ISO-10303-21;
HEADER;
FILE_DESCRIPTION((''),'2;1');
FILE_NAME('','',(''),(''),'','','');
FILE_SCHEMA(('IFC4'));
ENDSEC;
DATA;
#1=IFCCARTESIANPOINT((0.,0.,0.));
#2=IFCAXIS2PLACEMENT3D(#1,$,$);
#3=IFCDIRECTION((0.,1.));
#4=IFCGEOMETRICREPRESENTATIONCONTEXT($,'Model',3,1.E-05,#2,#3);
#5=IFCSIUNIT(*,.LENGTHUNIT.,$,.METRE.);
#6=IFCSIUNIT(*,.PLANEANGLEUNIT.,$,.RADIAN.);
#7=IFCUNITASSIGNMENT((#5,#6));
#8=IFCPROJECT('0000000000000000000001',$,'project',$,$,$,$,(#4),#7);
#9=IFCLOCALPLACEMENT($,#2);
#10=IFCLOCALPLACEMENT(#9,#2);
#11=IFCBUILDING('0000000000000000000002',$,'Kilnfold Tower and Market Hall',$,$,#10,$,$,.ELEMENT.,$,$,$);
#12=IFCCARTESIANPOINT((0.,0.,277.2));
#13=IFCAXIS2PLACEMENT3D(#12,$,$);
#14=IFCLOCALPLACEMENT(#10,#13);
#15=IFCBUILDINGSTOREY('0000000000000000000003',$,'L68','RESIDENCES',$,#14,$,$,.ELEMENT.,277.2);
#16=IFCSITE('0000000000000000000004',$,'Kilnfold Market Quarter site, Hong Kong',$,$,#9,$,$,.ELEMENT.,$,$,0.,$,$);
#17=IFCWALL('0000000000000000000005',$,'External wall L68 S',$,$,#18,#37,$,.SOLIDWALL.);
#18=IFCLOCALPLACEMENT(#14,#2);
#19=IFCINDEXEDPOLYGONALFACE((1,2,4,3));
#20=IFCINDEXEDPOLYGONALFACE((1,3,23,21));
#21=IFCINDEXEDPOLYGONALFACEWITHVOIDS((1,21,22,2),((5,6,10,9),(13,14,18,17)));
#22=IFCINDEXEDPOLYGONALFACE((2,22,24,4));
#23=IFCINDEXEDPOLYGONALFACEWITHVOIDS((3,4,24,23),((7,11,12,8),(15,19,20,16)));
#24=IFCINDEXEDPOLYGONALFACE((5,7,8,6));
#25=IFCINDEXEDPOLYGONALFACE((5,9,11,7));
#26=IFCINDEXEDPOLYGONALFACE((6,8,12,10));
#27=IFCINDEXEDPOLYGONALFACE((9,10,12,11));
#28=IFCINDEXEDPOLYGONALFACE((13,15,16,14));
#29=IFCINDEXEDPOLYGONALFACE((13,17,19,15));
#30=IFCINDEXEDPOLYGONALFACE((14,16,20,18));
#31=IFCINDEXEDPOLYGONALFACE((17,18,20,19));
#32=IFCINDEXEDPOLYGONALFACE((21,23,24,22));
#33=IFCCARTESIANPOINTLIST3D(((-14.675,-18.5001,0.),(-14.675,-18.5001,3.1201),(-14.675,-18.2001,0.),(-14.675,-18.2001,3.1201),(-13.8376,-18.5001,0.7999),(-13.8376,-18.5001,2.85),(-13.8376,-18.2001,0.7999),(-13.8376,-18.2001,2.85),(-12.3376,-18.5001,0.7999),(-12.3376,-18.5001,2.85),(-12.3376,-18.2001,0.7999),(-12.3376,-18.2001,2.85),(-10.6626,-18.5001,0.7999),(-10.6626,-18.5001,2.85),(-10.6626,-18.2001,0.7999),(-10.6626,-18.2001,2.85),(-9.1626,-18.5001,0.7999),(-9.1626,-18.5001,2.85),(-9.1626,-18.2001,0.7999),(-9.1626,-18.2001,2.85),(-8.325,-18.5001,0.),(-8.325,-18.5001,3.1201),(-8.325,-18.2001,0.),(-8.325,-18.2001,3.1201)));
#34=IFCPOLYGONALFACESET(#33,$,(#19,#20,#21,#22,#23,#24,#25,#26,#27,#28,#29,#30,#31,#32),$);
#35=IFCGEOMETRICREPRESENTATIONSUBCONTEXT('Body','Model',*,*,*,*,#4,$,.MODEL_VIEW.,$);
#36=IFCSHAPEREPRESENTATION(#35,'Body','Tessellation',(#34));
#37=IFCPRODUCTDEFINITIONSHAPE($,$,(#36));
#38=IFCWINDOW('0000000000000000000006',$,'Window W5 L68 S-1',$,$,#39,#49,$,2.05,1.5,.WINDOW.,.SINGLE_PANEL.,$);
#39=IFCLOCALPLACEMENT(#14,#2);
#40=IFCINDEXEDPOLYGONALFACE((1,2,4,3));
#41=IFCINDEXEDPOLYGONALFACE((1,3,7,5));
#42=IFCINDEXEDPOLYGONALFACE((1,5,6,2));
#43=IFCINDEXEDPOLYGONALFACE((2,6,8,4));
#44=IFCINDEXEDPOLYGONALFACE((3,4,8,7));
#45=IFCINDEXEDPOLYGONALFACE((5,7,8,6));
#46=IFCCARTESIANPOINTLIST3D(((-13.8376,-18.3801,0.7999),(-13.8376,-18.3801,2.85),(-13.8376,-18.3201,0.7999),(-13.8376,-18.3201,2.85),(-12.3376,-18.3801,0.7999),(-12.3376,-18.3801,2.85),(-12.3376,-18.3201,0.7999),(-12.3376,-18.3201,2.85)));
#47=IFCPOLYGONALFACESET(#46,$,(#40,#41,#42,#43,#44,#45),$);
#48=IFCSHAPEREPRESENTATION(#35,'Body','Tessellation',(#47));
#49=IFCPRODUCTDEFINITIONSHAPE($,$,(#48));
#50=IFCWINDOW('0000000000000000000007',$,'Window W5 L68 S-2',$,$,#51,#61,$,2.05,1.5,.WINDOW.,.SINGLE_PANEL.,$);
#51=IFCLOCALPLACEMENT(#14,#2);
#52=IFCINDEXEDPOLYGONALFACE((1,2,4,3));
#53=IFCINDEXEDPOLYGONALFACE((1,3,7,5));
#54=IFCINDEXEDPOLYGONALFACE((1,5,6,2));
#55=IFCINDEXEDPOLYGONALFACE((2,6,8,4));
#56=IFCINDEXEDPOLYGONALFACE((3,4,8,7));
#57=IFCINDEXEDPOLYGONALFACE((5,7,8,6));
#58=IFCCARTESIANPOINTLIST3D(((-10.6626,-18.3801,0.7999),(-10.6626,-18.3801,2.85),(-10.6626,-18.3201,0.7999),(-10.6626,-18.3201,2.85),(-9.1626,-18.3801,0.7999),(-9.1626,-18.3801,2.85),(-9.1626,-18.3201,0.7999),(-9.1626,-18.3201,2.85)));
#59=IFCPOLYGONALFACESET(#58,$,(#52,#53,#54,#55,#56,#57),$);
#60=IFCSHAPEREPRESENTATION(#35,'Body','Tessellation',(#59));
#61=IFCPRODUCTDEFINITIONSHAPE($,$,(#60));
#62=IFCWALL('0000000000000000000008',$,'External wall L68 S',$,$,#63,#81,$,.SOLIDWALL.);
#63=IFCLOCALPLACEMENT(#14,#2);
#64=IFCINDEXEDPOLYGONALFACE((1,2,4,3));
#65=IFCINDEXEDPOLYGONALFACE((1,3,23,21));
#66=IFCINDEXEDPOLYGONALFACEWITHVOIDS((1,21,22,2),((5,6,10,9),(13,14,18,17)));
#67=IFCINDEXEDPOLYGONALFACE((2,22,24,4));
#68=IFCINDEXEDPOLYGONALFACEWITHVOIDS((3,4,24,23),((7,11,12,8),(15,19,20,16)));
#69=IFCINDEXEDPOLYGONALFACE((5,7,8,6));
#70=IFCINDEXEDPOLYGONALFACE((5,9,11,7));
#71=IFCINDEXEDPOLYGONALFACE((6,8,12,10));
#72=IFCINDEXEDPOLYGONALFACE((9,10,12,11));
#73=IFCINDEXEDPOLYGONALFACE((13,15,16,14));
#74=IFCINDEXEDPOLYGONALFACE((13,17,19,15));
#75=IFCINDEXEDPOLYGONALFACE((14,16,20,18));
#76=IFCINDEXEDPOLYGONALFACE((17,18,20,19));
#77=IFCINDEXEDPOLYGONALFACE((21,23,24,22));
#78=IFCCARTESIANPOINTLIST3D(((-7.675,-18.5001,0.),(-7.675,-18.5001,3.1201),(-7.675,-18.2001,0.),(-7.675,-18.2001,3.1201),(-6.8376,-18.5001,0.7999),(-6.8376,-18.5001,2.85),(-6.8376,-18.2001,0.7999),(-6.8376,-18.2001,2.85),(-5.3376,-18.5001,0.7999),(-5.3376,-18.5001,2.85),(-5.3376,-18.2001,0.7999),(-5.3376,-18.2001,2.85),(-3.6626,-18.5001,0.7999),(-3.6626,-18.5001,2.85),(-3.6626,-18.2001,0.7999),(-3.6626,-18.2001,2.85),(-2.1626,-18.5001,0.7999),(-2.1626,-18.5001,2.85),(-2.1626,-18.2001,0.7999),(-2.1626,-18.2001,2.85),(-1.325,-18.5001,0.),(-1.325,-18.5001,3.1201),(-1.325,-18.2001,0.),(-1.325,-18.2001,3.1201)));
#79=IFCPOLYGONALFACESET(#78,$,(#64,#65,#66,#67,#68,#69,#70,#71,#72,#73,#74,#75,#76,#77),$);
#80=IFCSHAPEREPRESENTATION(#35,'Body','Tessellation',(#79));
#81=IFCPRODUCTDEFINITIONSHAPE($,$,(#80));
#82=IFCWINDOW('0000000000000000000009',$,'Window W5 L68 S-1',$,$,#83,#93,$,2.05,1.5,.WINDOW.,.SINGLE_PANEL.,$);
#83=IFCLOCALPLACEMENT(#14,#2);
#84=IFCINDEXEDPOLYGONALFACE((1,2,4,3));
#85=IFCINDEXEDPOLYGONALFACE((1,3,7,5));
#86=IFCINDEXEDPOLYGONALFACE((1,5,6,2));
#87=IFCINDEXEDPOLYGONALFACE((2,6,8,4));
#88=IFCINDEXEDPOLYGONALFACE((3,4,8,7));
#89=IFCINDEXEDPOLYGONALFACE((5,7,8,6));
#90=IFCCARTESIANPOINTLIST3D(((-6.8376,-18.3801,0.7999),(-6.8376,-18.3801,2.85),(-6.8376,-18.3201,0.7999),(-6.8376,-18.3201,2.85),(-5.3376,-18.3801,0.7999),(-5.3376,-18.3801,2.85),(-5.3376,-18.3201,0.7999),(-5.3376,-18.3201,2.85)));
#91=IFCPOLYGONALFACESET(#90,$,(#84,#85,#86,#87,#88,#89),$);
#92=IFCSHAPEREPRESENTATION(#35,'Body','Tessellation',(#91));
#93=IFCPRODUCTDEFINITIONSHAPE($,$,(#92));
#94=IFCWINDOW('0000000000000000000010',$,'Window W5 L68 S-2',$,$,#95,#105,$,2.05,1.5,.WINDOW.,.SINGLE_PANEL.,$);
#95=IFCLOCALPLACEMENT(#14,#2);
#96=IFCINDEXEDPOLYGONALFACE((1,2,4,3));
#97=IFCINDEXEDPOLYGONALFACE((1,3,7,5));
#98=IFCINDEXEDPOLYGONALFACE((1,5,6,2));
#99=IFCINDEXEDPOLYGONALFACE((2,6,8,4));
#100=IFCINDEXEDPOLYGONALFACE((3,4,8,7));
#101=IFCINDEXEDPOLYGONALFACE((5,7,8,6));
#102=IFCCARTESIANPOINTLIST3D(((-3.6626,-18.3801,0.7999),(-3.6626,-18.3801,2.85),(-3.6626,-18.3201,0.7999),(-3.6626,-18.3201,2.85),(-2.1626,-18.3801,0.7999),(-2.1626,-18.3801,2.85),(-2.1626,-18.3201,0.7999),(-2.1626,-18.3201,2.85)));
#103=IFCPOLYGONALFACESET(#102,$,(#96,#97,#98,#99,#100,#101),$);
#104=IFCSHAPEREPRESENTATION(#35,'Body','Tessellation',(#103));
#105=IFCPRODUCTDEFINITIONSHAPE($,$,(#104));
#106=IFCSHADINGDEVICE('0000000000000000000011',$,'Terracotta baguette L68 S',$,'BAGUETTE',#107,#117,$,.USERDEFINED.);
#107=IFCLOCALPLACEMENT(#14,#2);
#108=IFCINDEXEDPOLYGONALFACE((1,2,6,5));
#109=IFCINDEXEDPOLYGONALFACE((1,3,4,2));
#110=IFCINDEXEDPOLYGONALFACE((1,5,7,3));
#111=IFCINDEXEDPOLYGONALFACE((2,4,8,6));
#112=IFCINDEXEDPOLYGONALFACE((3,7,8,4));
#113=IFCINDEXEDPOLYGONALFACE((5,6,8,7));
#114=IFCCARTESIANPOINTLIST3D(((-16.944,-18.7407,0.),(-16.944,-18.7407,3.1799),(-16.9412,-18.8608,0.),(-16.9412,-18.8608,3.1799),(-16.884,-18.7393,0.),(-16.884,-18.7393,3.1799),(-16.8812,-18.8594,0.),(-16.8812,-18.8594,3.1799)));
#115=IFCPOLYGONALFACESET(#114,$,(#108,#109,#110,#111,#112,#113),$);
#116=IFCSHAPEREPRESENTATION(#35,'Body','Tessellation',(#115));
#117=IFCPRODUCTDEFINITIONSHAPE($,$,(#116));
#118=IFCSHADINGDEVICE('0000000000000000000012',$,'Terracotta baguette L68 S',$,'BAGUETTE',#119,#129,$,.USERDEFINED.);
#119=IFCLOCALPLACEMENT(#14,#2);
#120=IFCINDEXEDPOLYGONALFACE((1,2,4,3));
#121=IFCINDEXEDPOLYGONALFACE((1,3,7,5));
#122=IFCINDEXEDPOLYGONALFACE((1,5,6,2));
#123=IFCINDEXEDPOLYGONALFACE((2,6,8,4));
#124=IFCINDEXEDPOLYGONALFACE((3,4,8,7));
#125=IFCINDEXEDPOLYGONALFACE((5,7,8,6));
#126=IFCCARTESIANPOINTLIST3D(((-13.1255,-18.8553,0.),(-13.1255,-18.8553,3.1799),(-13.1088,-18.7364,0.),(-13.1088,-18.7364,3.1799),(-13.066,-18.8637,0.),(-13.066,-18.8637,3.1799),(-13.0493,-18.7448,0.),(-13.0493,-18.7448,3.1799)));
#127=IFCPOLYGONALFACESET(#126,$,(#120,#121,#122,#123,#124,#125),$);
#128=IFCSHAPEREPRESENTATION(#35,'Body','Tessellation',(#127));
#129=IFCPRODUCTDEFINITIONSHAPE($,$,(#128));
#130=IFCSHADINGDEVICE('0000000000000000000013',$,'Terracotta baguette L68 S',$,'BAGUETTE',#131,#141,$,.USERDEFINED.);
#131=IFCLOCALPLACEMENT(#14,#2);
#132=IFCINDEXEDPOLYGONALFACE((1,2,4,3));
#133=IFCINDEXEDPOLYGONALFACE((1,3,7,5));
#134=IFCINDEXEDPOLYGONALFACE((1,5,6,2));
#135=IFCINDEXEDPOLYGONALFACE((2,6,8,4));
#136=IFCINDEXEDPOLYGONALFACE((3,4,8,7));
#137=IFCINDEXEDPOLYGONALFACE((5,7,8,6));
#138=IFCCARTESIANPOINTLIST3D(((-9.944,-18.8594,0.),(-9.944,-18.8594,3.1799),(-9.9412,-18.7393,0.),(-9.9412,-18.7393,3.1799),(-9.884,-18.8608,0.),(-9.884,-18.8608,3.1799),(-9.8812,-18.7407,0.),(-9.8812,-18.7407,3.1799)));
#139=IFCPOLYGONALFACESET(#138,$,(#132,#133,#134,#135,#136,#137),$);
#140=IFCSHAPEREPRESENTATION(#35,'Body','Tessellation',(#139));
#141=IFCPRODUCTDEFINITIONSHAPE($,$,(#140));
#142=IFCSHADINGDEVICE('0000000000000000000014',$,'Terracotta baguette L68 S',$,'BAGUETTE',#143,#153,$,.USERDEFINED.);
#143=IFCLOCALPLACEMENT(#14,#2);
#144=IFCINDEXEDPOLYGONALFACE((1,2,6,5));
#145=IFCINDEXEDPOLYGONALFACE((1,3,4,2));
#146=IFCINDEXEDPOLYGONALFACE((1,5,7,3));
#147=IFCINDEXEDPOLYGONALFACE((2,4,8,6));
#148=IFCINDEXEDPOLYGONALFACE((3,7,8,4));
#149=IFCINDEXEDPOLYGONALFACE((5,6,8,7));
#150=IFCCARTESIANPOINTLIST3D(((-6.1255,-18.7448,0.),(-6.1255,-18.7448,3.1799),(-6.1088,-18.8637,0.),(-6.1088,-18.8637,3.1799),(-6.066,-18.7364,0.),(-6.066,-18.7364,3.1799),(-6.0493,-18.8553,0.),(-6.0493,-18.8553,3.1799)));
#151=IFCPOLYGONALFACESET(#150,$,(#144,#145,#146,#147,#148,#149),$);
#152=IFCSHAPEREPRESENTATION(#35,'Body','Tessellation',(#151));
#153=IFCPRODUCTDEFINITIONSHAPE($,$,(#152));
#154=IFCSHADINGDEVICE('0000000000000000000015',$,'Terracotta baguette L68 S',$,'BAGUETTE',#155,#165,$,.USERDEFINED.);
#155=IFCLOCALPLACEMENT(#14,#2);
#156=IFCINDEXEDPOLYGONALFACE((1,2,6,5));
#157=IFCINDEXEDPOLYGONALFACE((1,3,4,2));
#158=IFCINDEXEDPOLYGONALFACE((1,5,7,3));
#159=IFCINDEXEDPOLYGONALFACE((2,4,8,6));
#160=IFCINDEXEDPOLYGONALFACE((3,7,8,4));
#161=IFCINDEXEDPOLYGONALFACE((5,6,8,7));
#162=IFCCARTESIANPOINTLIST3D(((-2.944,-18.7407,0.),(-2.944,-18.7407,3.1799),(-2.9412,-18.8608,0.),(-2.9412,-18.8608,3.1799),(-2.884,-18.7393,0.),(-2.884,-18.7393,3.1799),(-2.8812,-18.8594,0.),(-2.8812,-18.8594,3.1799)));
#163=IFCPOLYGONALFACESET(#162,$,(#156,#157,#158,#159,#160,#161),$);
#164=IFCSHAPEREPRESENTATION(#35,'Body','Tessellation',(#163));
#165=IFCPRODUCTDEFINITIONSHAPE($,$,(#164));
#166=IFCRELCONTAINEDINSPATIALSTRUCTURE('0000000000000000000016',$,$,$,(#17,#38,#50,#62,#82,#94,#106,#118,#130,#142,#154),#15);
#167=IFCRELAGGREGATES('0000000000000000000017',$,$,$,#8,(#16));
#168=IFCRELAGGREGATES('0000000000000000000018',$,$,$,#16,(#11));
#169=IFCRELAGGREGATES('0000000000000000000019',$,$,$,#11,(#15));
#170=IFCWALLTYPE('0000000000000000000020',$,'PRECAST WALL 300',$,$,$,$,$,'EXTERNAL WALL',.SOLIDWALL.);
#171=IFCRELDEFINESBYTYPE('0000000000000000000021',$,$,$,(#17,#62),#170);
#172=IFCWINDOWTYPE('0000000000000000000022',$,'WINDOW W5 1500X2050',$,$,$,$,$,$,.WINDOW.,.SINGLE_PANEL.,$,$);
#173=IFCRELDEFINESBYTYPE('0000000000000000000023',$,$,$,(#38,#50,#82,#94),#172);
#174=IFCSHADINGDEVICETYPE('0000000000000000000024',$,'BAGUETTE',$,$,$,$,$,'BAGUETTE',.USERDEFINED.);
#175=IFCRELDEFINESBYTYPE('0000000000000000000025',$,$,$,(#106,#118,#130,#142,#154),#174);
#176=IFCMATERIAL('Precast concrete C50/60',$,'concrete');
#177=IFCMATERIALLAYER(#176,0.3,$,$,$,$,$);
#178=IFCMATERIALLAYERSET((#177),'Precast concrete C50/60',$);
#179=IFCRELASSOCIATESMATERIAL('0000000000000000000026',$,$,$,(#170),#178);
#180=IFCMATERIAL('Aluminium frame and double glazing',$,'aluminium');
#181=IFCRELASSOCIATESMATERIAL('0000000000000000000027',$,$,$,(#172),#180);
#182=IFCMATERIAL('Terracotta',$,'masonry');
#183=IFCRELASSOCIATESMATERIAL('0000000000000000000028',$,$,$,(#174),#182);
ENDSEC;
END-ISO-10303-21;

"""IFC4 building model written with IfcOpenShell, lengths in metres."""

from ifc_helpers import new_model, si_unit, direction, frame, frame_2d, origin, origin_2d, place, context, subcontext, project, spatial, rectangle, extrude, source, transform, mapped, material, layer, layer_set, material_profile, profile_set, type_object, element, fill, save


model = new_model("IFC4")

# Units and contexts
model_context = context("Model", 3, precision=1e-05, world=origin(), true_north=direction((0.0, 1.0)))
body_context = subcontext(model_context, "Body", "Model", "MODEL_VIEW")
ifc_project = project(units=[si_unit("LENGTHUNIT", "METRE"), si_unit("PLANEANGLEUNIT", "RADIAN")], contexts=[model_context])

# Site, building, storey
site_placement = place(None, origin())
site = spatial("IfcSite", under=ifc_project, at=site_placement, Name="Kilnfold Market Quarter site, Hong Kong", CompositionType="ELEMENT", RefElevation=0.0)
building_placement = place(site_placement, origin())
building = spatial("IfcBuilding", under=site, at=building_placement, Name="Kilnfold Tower and Market Hall", CompositionType="ELEMENT")
storey_placement = place(building_placement, frame((0.0, 0.0, 277.2)))
storey = spatial("IfcBuildingStorey", under=building, at=storey_placement, Name="L68", Description="RESIDENCES", CompositionType="ELEMENT", Elevation=277.2)

# Walls, openings, windows
ifc_material_1 = material(Name="Precast concrete C50/60", Category="concrete")
ifc_layer_1 = layer(ifc_material_1, 0.3)
ifc_layer_set_1 = layer_set([ifc_layer_1], Name="Precast concrete C50/60")
wall_type_1 = type_object("IfcWallType", Name="PRECAST WALL 300", ElementType="EXTERNAL WALL", PredefinedType="SOLIDWALL", material=ifc_layer_set_1)
shared_shape_1 = source(origin(), body_context, "Body", "SweptSolid", [
    extrude(rectangle(XDim=6.3501, YDim=0.3, at=frame_2d((3.175, 0.0))), origin(), (0.0, 0.0, 1.0), 3.1201),
])
wall_1_placement = place(storey_placement, frame((-14.675, -18.3501, 0.0), z_axis=(0.0, 0.0, 1.0), x_axis=(1.0, 0.0, 0.0)))
wall_1 = element("IfcWall", 1, at=wall_1_placement, inside=storey, type_object=wall_type_1, Name="External wall L68 S", PredefinedType="SOLIDWALL", context=body_context, shape_type="MappedRepresentation", body=[
    mapped(shared_shape_1, transform((0.0, 0.0, 0.0))),
])
opening_1_placement = place(wall_1_placement, frame((0.8374, 0.0, 0.8)))
opening_1 = element("IfcOpeningElement", 2, at=opening_1_placement, cuts=wall_1, PredefinedType="OPENING", context=body_context, shape_type="SweptSolid", body=[
    extrude(rectangle(XDim=1.5, YDim=2.05, at=frame_2d((0.75, 1.0249))), frame((0.0, 0.1602, 0.0), z_axis=(0.0, -1.0, 0.0), x_axis=(1.0, 0.0, 0.0)), (0.0, 0.0, 1.0), 0.3201),
])
opening_2_placement = place(wall_1_placement, frame((4.0125, 0.0, 0.8)))
opening_2 = element("IfcOpeningElement", 3, at=opening_2_placement, cuts=wall_1, PredefinedType="OPENING", context=body_context, shape_type="SweptSolid", body=[
    extrude(rectangle(XDim=1.5, YDim=2.05, at=frame_2d((0.75, 1.0249))), frame((0.0, 0.1602, 0.0), z_axis=(0.0, -1.0, 0.0), x_axis=(1.0, 0.0, 0.0)), (0.0, 0.0, 1.0), 0.3201),
])
ifc_material_2 = material(Name="Aluminium frame and double glazing", Category="aluminium")
window_type = type_object("IfcWindowType", Name="WINDOW W5 1500X2050", PartitioningType="SINGLE_PANEL", PredefinedType="WINDOW", material=ifc_material_2)
window_1_placement = place(opening_1_placement, origin())
window_1 = element("IfcWindow", 4, at=window_1_placement, inside=storey, type_object=window_type, Name="Window W5 L68 S-1", OverallHeight=2.05, OverallWidth=1.5, PartitioningType="SINGLE_PANEL", PredefinedType="WINDOW", context=body_context, shape_type="SweptSolid", body=[
    extrude(rectangle(XDim=1.5, YDim=2.05, at=frame_2d((0.75, 1.0249))), frame((0.0, 0.03, 0.0), z_axis=(0.0, -1.0, 0.0), x_axis=(1.0, 0.0, 0.0)), (0.0, 0.0, 1.0), 0.0601),
])
fill(opening_1, window_1)
window_2_placement = place(opening_2_placement, origin())
window_2 = element("IfcWindow", 5, at=window_2_placement, inside=storey, type_object=window_type, Name="Window W5 L68 S-2", OverallHeight=2.05, OverallWidth=1.5, PartitioningType="SINGLE_PANEL", PredefinedType="WINDOW", context=body_context, shape_type="SweptSolid", body=[
    extrude(rectangle(XDim=1.5, YDim=2.05, at=frame_2d((0.75, 1.0249))), frame((0.0, 0.03, 0.0), z_axis=(0.0, -1.0, 0.0), x_axis=(1.0, 0.0, 0.0)), (0.0, 0.0, 1.0), 0.0601),
])
fill(opening_2, window_2)
wall_2_placement = place(storey_placement, frame((-7.675, -18.3501, 0.0), z_axis=(0.0, 0.0, 1.0), x_axis=(1.0, 0.0, 0.0)))
wall_2 = element("IfcWall", 6, at=wall_2_placement, inside=storey, type_object=wall_type_1, Name="External wall L68 S", PredefinedType="SOLIDWALL", context=body_context, shape_type="MappedRepresentation", body=[
    mapped(shared_shape_1, transform((0.0, 0.0, 0.0))),
])
opening_3_placement = place(wall_2_placement, frame((0.8374, 0.0, 0.8)))
opening_3 = element("IfcOpeningElement", 7, at=opening_3_placement, cuts=wall_2, PredefinedType="OPENING", context=body_context, shape_type="SweptSolid", body=[
    extrude(rectangle(XDim=1.5, YDim=2.05, at=frame_2d((0.75, 1.0249))), frame((0.0, 0.1602, 0.0), z_axis=(0.0, -1.0, 0.0), x_axis=(1.0, 0.0, 0.0)), (0.0, 0.0, 1.0), 0.3201),
])
opening_4_placement = place(wall_2_placement, frame((4.0125, 0.0, 0.8)))
opening_4 = element("IfcOpeningElement", 8, at=opening_4_placement, cuts=wall_2, PredefinedType="OPENING", context=body_context, shape_type="SweptSolid", body=[
    extrude(rectangle(XDim=1.5, YDim=2.05, at=frame_2d((0.75, 1.0249))), frame((0.0, 0.1602, 0.0), z_axis=(0.0, -1.0, 0.0), x_axis=(1.0, 0.0, 0.0)), (0.0, 0.0, 1.0), 0.3201),
])
window_3_placement = place(opening_3_placement, origin())
window_3 = element("IfcWindow", 9, at=window_3_placement, inside=storey, type_object=window_type, Name="Window W5 L68 S-1", OverallHeight=2.05, OverallWidth=1.5, PartitioningType="SINGLE_PANEL", PredefinedType="WINDOW", context=body_context, shape_type="SweptSolid", body=[
    extrude(rectangle(XDim=1.5, YDim=2.05, at=frame_2d((0.75, 1.0249))), frame((0.0, 0.03, 0.0), z_axis=(0.0, -1.0, 0.0), x_axis=(1.0, 0.0, 0.0)), (0.0, 0.0, 1.0), 0.0601),
])
fill(opening_3, window_3)
window_4_placement = place(opening_4_placement, origin())
window_4 = element("IfcWindow", 10, at=window_4_placement, inside=storey, type_object=window_type, Name="Window W5 L68 S-2", OverallHeight=2.05, OverallWidth=1.5, PartitioningType="SINGLE_PANEL", PredefinedType="WINDOW", context=body_context, shape_type="SweptSolid", body=[
    extrude(rectangle(XDim=1.5, YDim=2.05, at=frame_2d((0.75, 1.0249))), frame((0.0, 0.03, 0.0), z_axis=(0.0, -1.0, 0.0), x_axis=(1.0, 0.0, 0.0)), (0.0, 0.0, 1.0), 0.0601),
])
fill(opening_4, window_4)

# Shading devices
ifc_material_3 = material(Name="Terracotta", Category="masonry")
ifc_material_profile_1 = material_profile(ifc_material_3, rectangle(XDim=0.0601, YDim=0.1201, at=origin_2d()), Name="BAG 60x120")
ifc_profile_set_1 = profile_set([ifc_material_profile_1], Name="Terracotta")
shading_device_type = type_object("IfcShadingDeviceType", Name="BAGUETTE", ElementType="BAGUETTE", PredefinedType="USERDEFINED", material=ifc_profile_set_1)
shared_shape_2 = source(origin(), body_context, "Body", "SweptSolid", [
    extrude(rectangle(XDim=0.0601, YDim=0.1201, at=origin_2d()), origin(), (0.0, 0.0, 1.0), 3.1799),
])
for number, where, z_axis, x_axis, name in (
    (11, (-16.9126, -18.8, 0.0), (0.0, 0.0, 1.0), (0.99973, 0.023232, 0.0), "Terracotta baguette L68 S"),
    (12, (-13.0874, -18.8, 0.0), (0.0, 0.0, 1.0), (0.990272, -0.139142, 0.0), "Terracotta baguette L68 S"),
    (13, (-9.9126, -18.8, 0.0), (0.0, 0.0, 1.0), (0.99973, -0.023232, 0.0), "Terracotta baguette L68 S"),
    (14, (-6.0874, -18.8, 0.0), (0.0, 0.0, 1.0), (0.990272, 0.139142, 0.0), "Terracotta baguette L68 S"),
    (15, (-2.9126, -18.8, 0.0), (0.0, 0.0, 1.0), (0.99973, 0.023232, 0.0), "Terracotta baguette L68 S"),
):
    element("IfcShadingDevice", number, at=place(storey_placement, frame(where, z_axis=z_axis, x_axis=x_axis)), inside=storey, type_object=shading_device_type, Name=name, ObjectType="BAGUETTE", PredefinedType="USERDEFINED", context=body_context, shape_type="MappedRepresentation", body=[
        mapped(shared_shape_2, transform((0.0, 0.0, 0.0))),
    ])

save(model, "model.ifc")
